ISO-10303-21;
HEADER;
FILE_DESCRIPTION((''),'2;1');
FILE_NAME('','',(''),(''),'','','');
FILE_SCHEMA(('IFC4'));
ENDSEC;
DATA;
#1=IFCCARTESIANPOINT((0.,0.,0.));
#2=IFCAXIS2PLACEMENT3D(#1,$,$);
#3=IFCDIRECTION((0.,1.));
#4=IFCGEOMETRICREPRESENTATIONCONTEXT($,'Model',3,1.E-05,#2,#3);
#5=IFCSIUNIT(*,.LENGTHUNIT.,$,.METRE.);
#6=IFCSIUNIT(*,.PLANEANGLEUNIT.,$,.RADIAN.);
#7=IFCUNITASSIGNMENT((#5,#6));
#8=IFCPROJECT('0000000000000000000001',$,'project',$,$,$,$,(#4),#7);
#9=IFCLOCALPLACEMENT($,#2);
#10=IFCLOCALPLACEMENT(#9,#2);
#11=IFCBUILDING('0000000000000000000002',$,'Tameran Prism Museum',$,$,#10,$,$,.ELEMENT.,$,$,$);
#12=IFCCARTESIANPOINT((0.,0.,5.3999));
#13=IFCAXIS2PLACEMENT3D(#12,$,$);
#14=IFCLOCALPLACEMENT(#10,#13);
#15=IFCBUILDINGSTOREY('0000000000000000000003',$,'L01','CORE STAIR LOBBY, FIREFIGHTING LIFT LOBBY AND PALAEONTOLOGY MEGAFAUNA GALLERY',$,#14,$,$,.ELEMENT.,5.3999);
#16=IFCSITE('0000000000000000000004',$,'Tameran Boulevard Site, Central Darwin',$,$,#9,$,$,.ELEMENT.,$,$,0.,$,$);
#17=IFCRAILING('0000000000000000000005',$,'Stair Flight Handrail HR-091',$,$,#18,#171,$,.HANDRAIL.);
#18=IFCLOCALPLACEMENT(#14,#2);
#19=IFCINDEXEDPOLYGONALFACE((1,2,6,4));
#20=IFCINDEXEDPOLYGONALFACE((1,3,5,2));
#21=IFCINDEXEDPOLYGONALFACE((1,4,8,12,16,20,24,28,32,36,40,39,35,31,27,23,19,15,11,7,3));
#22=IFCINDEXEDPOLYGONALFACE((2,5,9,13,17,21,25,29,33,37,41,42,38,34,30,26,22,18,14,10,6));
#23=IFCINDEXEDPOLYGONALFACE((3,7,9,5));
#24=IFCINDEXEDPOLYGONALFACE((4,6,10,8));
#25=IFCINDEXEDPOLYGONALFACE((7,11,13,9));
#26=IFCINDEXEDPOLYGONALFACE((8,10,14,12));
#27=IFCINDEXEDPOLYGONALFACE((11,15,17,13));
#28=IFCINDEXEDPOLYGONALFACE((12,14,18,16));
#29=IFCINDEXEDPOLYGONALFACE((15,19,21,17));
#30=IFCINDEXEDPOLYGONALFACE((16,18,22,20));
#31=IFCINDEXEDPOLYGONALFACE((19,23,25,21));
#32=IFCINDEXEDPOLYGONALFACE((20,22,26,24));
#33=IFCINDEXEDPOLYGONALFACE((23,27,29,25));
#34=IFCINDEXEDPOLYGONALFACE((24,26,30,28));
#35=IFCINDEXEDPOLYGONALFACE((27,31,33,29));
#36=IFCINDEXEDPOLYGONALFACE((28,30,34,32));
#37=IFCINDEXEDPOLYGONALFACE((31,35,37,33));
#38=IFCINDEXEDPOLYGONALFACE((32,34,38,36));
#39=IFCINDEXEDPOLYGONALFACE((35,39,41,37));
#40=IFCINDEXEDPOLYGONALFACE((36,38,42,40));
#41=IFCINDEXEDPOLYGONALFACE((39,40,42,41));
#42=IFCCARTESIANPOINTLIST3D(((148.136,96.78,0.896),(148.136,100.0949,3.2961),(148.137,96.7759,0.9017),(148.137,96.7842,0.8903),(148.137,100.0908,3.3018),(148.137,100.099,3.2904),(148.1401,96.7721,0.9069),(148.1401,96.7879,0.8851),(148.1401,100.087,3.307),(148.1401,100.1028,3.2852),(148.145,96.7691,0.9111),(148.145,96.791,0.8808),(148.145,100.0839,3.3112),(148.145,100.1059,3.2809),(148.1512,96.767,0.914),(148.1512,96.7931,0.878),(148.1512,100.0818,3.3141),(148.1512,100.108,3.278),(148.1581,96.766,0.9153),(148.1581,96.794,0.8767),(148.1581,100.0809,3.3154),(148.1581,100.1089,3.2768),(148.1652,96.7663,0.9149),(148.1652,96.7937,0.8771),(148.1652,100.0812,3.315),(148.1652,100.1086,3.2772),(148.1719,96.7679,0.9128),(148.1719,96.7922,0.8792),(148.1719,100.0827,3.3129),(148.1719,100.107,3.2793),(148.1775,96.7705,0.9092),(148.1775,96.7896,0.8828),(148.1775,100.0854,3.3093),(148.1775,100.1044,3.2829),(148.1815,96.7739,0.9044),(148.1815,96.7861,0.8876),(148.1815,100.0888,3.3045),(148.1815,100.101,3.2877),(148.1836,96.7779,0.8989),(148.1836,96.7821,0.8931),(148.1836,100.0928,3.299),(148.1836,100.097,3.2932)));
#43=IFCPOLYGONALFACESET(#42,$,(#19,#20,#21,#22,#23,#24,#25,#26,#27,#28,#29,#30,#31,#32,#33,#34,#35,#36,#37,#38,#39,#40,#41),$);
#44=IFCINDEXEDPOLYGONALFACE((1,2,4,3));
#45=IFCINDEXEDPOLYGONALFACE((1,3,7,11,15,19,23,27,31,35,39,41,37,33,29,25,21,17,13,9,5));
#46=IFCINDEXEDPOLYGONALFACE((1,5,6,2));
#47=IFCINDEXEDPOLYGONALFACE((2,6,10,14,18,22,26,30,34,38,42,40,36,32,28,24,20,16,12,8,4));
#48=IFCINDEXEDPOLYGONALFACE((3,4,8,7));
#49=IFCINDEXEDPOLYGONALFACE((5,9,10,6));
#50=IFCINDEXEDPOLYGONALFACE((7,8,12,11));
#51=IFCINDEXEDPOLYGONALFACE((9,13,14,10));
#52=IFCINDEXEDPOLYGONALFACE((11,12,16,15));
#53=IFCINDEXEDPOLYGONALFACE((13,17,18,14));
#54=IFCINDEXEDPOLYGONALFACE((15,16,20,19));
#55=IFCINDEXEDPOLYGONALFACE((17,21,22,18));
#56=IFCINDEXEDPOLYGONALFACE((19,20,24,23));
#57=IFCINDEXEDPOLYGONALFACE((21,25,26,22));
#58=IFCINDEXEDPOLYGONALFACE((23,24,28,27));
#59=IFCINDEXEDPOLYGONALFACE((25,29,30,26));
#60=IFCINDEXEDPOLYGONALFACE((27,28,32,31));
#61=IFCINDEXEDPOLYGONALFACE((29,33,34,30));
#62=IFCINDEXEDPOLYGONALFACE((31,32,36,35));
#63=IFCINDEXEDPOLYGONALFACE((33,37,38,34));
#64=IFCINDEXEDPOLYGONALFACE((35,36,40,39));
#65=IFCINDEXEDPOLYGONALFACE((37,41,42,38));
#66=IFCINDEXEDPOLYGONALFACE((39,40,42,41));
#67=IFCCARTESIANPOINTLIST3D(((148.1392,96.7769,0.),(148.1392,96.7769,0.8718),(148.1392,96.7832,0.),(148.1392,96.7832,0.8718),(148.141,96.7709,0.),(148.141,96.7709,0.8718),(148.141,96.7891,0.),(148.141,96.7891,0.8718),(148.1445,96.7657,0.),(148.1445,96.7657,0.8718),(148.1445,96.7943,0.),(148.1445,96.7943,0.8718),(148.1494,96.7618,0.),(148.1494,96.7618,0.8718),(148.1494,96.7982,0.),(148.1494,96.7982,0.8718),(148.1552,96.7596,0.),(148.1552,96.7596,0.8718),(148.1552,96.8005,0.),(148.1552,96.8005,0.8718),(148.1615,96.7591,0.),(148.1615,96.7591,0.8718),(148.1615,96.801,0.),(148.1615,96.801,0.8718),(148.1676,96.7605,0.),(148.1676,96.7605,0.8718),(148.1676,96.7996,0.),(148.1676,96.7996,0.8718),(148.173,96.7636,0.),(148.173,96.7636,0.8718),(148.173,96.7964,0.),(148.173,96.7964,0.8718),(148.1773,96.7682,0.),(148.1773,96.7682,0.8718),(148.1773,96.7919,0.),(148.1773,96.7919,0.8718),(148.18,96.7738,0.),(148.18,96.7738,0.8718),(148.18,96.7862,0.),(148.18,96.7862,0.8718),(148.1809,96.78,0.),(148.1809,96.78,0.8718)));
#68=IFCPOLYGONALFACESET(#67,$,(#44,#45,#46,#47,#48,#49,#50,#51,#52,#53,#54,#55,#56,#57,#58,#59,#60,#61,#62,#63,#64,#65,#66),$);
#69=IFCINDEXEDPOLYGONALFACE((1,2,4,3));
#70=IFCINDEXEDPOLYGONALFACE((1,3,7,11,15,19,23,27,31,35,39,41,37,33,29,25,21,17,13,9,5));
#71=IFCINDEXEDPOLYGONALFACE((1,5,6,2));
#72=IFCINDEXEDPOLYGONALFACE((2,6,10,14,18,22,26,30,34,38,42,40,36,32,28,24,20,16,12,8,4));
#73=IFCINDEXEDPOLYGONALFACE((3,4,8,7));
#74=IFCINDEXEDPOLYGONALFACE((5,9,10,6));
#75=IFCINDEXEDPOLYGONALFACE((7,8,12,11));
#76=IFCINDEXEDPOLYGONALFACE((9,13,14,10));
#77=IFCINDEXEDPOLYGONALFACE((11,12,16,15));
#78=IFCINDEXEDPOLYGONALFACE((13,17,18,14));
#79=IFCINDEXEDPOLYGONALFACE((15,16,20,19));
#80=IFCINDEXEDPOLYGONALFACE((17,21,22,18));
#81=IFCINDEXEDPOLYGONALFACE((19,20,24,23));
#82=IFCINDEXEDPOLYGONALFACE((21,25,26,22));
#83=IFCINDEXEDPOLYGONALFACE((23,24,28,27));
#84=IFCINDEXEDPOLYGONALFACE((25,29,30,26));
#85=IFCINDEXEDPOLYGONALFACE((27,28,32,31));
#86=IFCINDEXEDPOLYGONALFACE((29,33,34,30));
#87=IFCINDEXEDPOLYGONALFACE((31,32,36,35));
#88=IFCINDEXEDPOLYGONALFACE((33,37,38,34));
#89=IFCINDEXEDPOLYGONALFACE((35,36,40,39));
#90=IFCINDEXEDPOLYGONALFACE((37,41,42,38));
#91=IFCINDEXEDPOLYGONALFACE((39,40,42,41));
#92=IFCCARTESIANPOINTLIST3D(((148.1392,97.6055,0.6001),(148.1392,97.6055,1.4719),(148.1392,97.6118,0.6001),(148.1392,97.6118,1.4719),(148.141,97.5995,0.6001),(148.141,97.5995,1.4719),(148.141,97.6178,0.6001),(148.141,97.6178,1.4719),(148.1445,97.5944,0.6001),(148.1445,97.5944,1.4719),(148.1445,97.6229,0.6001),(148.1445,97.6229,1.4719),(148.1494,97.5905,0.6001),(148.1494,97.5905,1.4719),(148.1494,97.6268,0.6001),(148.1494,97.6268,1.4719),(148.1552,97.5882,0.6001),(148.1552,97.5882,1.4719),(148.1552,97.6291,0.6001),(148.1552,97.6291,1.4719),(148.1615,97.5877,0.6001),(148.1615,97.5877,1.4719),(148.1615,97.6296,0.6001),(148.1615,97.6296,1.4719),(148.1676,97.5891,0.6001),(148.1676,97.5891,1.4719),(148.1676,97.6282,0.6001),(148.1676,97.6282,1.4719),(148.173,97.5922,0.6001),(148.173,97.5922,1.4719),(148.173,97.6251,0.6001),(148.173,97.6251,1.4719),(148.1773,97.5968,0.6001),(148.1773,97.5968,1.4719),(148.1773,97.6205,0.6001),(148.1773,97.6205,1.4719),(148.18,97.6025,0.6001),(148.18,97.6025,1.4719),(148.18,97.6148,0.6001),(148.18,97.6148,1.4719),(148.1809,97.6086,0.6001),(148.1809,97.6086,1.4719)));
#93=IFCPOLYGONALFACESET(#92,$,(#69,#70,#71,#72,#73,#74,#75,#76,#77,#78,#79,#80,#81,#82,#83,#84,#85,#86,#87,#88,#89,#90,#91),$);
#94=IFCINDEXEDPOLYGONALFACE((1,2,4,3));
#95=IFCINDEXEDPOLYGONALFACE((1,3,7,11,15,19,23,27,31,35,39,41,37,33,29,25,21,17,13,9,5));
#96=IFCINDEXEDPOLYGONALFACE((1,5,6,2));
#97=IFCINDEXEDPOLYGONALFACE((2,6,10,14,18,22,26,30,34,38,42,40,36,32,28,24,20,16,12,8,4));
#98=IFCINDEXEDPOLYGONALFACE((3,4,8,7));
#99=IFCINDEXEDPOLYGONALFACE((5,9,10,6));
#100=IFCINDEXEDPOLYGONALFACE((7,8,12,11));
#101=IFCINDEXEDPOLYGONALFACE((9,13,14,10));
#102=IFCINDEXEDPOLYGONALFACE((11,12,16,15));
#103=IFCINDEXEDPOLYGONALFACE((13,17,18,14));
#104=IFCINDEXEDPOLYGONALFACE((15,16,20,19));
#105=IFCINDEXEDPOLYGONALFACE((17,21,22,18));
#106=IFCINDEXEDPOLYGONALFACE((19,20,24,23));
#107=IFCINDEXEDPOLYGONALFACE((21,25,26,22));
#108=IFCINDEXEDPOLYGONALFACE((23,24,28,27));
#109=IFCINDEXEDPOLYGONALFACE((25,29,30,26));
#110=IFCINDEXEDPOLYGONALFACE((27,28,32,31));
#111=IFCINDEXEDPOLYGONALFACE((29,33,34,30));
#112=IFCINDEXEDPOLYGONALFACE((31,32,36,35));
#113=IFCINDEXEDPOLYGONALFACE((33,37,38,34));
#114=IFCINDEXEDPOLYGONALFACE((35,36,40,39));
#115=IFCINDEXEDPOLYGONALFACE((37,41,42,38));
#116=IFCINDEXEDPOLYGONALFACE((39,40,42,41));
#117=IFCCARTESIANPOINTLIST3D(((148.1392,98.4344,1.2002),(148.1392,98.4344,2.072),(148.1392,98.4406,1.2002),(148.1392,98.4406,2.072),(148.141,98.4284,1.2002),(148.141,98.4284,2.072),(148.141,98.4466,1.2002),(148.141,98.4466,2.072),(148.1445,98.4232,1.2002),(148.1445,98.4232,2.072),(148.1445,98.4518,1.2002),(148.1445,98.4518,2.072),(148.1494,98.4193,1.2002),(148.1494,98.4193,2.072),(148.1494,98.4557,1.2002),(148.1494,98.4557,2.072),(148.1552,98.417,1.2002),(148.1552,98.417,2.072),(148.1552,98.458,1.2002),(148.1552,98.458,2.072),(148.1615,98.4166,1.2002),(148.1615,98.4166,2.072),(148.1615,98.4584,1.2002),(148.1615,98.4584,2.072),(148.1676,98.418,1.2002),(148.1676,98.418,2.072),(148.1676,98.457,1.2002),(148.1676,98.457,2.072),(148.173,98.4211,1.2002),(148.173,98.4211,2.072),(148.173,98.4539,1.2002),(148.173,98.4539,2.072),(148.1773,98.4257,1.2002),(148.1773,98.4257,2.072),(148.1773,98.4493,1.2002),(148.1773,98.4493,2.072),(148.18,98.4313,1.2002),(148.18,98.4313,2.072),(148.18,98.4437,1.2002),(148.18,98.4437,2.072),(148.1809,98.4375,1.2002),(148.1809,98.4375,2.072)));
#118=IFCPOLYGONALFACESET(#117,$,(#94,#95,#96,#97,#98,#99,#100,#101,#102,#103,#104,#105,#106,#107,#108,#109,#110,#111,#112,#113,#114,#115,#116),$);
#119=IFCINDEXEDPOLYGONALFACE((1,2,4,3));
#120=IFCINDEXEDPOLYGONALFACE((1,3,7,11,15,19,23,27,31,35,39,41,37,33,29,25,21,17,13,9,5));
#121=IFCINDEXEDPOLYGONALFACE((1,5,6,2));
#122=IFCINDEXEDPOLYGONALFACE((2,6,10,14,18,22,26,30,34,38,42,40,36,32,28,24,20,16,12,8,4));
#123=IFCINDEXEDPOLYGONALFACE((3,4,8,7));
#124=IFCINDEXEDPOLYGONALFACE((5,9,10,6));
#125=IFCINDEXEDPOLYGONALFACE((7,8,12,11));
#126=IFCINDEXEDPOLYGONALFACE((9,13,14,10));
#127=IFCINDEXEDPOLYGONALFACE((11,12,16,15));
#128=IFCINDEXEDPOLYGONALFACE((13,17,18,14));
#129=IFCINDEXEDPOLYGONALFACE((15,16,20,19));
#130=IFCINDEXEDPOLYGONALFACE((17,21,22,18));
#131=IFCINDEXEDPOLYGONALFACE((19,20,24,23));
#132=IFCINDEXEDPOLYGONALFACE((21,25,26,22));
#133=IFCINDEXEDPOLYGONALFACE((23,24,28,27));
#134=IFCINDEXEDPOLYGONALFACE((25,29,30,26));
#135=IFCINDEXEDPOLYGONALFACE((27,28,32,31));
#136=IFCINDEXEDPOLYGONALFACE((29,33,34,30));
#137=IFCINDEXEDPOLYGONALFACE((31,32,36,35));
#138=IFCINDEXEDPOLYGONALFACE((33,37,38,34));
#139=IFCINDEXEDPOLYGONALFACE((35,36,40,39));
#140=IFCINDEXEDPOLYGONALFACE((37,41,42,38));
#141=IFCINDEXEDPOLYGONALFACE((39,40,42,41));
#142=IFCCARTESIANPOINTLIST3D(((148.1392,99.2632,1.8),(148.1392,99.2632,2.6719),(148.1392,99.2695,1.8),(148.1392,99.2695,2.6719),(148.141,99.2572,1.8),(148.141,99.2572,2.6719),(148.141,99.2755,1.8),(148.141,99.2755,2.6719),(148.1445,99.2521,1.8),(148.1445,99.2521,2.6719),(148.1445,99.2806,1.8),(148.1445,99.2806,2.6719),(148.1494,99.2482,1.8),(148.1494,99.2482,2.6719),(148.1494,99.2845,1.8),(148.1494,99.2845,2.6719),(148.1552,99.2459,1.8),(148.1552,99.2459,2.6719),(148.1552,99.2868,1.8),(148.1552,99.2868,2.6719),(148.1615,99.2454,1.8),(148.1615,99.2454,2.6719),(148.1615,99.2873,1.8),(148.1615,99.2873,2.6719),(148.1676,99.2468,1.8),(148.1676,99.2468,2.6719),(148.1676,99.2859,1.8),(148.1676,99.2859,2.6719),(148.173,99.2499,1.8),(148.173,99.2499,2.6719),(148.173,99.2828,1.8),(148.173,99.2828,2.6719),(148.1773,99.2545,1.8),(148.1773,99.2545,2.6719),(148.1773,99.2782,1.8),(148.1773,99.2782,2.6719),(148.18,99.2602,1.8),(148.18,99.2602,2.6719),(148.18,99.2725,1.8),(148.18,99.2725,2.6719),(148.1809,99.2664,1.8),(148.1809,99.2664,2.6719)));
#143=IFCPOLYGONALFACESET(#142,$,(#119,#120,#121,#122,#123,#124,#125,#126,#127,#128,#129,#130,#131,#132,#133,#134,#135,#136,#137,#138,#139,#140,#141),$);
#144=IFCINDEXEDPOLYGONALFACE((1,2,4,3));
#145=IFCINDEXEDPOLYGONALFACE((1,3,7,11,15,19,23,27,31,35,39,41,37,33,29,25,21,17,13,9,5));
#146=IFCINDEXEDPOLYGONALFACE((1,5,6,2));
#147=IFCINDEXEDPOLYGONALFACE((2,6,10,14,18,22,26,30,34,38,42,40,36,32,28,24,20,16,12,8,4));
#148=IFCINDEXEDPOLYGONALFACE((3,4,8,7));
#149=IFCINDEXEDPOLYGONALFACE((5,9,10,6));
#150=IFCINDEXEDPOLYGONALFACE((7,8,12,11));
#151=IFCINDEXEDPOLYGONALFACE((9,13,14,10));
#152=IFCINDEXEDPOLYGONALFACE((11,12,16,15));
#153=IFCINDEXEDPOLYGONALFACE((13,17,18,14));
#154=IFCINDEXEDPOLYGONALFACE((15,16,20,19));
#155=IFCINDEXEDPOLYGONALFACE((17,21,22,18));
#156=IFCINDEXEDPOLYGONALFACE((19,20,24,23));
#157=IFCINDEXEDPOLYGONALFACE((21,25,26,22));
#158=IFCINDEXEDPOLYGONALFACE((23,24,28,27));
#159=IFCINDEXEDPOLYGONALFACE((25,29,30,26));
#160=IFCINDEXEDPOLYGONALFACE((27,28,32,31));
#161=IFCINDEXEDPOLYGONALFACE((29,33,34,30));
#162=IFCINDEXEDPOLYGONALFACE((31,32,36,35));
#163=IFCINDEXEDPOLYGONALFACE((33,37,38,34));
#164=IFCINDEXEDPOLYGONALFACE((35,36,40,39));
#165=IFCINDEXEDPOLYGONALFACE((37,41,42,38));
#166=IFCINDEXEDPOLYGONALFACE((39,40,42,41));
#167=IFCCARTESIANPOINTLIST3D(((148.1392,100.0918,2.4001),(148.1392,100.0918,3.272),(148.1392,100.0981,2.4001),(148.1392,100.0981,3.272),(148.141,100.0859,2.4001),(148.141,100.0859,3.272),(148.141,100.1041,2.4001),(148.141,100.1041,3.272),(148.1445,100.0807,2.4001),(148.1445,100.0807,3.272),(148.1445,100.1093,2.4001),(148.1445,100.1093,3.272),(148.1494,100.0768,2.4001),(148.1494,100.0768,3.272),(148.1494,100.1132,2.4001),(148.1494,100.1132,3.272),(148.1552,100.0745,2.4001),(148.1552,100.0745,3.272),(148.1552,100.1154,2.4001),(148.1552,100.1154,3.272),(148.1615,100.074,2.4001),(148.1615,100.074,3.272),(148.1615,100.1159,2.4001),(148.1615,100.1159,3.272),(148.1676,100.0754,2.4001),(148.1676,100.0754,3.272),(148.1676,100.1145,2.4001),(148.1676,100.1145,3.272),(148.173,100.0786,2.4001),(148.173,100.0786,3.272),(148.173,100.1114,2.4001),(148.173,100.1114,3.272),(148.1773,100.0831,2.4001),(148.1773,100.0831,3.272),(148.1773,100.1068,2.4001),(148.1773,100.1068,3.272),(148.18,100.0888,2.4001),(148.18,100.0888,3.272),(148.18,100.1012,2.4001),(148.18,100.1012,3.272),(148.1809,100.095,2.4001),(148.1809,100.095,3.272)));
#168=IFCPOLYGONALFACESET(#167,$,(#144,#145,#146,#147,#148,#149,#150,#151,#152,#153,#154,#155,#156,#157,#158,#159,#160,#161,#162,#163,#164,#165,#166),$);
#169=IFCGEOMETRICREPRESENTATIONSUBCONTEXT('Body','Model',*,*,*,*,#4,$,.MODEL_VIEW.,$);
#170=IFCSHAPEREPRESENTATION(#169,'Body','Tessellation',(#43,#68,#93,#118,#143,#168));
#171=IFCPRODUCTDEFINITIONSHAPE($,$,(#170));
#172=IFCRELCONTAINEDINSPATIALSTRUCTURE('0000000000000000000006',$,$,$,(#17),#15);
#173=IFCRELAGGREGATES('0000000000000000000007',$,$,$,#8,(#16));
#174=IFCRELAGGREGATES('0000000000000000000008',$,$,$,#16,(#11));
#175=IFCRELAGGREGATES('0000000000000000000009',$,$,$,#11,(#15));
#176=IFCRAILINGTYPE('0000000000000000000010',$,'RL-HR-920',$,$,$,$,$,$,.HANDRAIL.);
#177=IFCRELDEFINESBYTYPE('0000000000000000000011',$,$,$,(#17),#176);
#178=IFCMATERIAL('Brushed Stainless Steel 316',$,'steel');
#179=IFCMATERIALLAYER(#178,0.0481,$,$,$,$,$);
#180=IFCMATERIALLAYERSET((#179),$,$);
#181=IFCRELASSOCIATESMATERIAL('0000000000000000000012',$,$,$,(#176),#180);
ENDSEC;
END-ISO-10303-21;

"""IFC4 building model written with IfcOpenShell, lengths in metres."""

from ifc_helpers import new_model, si_unit, direction, frame, origin, origin_2d, place, context, subcontext, project, spatial, circle, extrude, material, layer, layer_set, type_object, element, save


model = new_model("IFC4")

# Units and contexts
model_context = context("Model", 3, precision=1e-05, world=origin(), true_north=direction((0.0, 1.0)))
body_context = subcontext(model_context, "Body", "Model", "MODEL_VIEW")
ifc_project = project(units=[si_unit("LENGTHUNIT", "METRE"), si_unit("PLANEANGLEUNIT", "RADIAN")], contexts=[model_context])

# Site, building, storey
site_placement = place(None, origin())
site = spatial("IfcSite", under=ifc_project, at=site_placement, Name="Tameran Boulevard Site, Central Darwin", CompositionType="ELEMENT", RefElevation=0.0)
building_placement = place(site_placement, origin())
building = spatial("IfcBuilding", under=site, at=building_placement, Name="Tameran Prism Museum", CompositionType="ELEMENT")
storey_placement = place(building_placement, frame((0.0, 0.0, 5.3999)))
storey = spatial("IfcBuildingStorey", under=building, at=storey_placement, Name="L01", Description="CORE STAIR LOBBY, FIREFIGHTING LIFT LOBBY AND PALAEONTOLOGY MEGAFAUNA GALLERY", CompositionType="ELEMENT", Elevation=5.3999)

# Railing
ifc_material_1 = material(Name="Brushed Stainless Steel 316", Category="steel")
ifc_layer_1 = layer(ifc_material_1, 0.0481)
ifc_layer_set_1 = layer_set([ifc_layer_1])
railing_type_1 = type_object("IfcRailingType", Name="RL-HR-920", PredefinedType="HANDRAIL", material=ifc_layer_set_1)
railing_1_placement = place(storey_placement, frame((148.1599, 96.78, 0.0)))
element("IfcRailing", 1, at=railing_1_placement, inside=storey, type_object=railing_type_1, Name="Stair Flight Handrail HR-091", PredefinedType="HANDRAIL", context=body_context, shape_type="SweptSolid", body=[
    extrude(circle(Radius=0.0239, at=origin_2d()), frame((0.0, 0.0, 0.896), z_axis=(0.0, 0.80998, 0.586457), x_axis=(-1.0, 0.0, 0.0)), (0.0, 0.0, 1.0), 4.0925),
    extrude(circle(Radius=0.021, at=origin_2d()), origin(), (0.0, 0.0, 1.0), 0.8718),
    extrude(circle(Radius=0.021, at=origin_2d()), frame((0.0, 0.8286, 0.6001)), (0.0, 0.0, 1.0), 0.8718),
    extrude(circle(Radius=0.021, at=origin_2d()), frame((0.0, 1.6575, 1.2002)), (0.0, 0.0, 1.0), 0.8718),
    extrude(circle(Radius=0.021, at=origin_2d()), frame((0.0, 2.4863, 1.8)), (0.0, 0.0, 1.0), 0.8718),
    extrude(circle(Radius=0.021, at=origin_2d()), frame((0.0, 3.3149, 2.4001)), (0.0, 0.0, 1.0), 0.8718),
])

save(model, "model.ifc")
